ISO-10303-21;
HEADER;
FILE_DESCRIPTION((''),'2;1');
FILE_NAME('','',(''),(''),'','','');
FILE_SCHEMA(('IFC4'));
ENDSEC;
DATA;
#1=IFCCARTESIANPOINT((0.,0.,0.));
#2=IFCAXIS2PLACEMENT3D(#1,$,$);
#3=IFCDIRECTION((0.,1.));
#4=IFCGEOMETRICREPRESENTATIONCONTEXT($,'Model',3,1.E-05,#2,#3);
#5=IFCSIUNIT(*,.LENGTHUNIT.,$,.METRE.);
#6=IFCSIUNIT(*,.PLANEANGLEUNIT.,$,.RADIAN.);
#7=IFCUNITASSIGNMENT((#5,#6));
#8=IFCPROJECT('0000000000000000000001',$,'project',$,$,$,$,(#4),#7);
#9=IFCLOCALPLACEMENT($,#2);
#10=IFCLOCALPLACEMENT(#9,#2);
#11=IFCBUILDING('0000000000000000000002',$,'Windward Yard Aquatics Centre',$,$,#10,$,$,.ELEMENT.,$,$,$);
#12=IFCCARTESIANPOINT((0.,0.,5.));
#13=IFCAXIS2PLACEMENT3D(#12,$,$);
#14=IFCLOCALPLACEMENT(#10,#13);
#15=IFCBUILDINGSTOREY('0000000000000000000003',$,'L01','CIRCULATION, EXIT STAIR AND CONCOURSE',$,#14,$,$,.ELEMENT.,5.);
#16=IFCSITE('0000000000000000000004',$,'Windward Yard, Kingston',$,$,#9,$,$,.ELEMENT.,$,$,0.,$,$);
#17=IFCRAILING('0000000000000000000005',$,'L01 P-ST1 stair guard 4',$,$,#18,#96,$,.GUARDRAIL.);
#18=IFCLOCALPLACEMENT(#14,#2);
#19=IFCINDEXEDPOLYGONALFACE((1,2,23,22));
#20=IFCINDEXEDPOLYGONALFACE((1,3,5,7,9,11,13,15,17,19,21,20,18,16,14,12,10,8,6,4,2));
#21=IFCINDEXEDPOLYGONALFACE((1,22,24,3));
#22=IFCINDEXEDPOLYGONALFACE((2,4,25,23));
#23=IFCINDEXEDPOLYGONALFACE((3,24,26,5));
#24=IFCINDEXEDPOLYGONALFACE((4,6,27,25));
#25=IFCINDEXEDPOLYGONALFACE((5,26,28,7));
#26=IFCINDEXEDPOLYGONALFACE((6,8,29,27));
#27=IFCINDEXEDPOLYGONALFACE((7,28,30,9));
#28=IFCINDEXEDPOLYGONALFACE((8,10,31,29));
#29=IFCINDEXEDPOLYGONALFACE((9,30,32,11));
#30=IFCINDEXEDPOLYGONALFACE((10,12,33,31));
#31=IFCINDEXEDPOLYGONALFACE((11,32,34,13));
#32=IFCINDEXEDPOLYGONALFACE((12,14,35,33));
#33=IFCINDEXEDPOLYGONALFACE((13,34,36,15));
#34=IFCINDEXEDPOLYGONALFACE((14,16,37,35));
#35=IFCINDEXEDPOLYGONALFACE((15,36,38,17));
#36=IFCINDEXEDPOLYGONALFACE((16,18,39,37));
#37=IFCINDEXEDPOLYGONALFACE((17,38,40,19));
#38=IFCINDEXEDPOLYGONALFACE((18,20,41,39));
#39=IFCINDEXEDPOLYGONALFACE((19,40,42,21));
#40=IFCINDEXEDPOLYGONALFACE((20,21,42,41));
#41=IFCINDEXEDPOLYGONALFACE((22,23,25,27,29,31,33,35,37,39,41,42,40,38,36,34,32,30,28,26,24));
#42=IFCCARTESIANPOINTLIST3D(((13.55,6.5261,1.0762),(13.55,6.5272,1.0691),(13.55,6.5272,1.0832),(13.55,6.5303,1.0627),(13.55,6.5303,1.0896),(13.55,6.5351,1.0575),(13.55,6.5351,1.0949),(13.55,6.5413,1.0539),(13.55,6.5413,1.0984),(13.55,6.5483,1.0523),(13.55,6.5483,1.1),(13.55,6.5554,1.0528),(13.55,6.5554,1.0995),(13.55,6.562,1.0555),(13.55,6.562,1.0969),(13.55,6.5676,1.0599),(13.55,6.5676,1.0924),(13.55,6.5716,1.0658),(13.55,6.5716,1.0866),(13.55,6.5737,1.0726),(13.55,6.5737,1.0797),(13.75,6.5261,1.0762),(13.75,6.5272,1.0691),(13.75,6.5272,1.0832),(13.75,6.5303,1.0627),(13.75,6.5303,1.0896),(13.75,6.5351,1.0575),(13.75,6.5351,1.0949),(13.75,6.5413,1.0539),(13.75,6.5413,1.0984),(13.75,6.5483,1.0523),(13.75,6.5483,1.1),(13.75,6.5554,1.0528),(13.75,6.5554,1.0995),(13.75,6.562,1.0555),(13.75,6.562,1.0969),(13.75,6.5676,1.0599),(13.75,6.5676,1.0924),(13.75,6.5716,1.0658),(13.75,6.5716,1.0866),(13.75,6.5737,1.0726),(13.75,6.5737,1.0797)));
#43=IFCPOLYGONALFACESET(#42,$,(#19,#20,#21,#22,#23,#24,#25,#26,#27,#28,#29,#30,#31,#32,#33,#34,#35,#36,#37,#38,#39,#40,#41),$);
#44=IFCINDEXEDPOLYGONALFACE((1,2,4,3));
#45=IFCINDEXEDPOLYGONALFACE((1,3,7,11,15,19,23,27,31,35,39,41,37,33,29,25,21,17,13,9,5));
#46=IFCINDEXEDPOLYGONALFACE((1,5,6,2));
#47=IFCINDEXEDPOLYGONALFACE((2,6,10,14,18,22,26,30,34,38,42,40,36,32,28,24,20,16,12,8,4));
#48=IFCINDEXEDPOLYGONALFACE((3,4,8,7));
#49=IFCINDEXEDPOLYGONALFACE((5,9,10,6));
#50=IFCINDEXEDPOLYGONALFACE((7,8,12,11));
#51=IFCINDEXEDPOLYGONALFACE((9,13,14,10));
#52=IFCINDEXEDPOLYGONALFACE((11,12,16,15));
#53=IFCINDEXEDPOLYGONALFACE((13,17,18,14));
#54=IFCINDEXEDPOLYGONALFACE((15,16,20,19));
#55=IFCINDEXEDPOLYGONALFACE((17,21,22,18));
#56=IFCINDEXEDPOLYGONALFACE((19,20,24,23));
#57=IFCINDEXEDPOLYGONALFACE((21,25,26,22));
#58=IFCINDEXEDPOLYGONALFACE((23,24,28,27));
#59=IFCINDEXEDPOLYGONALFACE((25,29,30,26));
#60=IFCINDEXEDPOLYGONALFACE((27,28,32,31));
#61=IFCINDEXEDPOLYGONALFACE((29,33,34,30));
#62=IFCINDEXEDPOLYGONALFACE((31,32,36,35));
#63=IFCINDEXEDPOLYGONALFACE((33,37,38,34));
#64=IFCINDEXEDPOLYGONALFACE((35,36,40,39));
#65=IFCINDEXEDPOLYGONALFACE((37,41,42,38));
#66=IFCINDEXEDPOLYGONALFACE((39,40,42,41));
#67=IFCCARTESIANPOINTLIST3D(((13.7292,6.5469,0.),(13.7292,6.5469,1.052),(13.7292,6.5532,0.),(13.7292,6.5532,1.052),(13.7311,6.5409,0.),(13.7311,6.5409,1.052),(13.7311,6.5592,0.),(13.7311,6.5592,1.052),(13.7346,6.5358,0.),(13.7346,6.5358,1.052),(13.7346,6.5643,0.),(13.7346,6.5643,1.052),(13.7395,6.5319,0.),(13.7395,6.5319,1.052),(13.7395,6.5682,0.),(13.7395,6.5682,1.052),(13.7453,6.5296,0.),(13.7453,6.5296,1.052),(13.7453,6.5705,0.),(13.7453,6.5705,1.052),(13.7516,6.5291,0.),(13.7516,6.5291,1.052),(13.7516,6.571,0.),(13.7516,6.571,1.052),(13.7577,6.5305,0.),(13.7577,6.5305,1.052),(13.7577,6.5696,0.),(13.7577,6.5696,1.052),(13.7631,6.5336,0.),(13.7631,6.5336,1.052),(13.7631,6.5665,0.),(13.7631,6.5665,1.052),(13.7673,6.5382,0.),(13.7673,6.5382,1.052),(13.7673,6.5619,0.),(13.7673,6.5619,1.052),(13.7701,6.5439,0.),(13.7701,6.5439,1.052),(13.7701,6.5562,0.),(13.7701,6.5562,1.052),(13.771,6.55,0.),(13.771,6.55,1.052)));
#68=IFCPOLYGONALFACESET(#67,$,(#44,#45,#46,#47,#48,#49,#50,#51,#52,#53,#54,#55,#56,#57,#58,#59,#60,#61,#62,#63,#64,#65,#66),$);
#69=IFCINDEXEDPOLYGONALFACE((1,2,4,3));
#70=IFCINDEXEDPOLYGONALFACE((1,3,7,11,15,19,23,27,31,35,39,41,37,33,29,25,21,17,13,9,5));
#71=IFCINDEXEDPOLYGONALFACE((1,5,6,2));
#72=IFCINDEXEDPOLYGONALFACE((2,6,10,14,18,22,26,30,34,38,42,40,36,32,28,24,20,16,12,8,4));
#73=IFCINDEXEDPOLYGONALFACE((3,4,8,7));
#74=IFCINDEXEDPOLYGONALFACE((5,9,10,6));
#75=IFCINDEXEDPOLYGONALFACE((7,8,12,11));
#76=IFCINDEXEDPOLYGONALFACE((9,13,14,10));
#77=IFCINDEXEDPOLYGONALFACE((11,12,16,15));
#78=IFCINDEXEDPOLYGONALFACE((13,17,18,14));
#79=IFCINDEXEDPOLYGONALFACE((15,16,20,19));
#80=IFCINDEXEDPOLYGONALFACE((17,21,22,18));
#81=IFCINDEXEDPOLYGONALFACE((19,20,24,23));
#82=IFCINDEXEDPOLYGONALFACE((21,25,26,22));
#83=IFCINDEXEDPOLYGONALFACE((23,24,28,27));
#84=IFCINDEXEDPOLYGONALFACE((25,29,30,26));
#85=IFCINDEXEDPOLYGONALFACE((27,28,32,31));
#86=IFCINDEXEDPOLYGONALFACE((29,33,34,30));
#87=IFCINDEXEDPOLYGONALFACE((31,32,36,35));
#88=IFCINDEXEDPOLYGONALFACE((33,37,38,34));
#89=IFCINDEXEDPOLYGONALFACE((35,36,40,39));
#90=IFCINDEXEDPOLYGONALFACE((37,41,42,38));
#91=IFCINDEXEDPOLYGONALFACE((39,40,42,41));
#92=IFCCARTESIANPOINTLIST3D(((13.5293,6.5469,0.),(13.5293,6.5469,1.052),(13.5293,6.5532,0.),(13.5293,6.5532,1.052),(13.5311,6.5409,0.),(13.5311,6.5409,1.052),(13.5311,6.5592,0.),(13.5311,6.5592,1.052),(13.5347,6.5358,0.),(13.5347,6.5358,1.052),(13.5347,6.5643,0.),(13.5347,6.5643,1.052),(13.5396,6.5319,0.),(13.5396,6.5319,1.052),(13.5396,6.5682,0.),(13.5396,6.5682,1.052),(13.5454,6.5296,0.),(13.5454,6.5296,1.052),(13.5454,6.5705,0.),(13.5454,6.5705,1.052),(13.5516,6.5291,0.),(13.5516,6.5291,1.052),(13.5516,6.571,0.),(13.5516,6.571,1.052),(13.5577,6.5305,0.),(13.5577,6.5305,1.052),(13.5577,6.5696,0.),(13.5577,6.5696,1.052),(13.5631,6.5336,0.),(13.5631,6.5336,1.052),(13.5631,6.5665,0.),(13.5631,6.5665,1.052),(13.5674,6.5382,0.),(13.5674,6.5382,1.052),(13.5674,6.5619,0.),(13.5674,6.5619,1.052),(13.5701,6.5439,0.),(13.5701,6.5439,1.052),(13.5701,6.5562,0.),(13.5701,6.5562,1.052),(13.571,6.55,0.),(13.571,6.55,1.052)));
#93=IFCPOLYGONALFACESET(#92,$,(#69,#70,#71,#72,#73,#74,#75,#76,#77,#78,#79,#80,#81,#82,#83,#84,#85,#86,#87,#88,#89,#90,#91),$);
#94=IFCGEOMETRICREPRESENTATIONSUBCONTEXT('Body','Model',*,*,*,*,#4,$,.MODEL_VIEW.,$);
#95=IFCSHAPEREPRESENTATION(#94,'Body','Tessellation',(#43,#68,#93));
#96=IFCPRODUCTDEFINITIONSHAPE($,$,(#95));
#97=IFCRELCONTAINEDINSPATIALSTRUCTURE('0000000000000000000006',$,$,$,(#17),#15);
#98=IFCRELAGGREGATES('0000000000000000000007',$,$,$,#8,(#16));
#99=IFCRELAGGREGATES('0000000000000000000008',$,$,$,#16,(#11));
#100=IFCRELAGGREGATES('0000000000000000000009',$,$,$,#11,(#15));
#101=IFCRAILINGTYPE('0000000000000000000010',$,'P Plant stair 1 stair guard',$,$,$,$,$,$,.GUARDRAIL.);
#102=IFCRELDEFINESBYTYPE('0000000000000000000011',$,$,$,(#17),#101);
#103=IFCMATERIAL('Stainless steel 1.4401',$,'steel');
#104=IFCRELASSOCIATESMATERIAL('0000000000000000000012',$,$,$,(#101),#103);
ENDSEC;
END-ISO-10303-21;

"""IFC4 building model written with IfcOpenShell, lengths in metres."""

from ifc_helpers import new_model, si_unit, direction, frame, origin, origin_2d, place, context, subcontext, project, spatial, circle, extrude, material, type_object, element, save


model = new_model("IFC4")

# Units and contexts
model_context = context("Model", 3, precision=1e-05, world=origin(), true_north=direction((0.0, 1.0)))
body_context = subcontext(model_context, "Body", "Model", "MODEL_VIEW")
ifc_project = project(units=[si_unit("LENGTHUNIT", "METRE"), si_unit("PLANEANGLEUNIT", "RADIAN")], contexts=[model_context])

# Site, building, storey
site_placement = place(None, origin())
site = spatial("IfcSite", under=ifc_project, at=site_placement, Name="Windward Yard, Kingston", CompositionType="ELEMENT", RefElevation=0.0)
building_placement = place(site_placement, origin())
building = spatial("IfcBuilding", under=site, at=building_placement, Name="Windward Yard Aquatics Centre", CompositionType="ELEMENT")
storey_placement = place(building_placement, frame((0.0, 0.0, 5.0)))
storey = spatial("IfcBuildingStorey", under=building, at=storey_placement, Name="L01", Description="CIRCULATION, EXIT STAIR AND CONCOURSE", CompositionType="ELEMENT", Elevation=5.0)

# Railing
ifc_material_1 = material(Name="Stainless steel 1.4401", Category="steel")
railing_type = type_object("IfcRailingType", Name="P Plant stair 1 stair guard", PredefinedType="GUARDRAIL", material=ifc_material_1)
railing_1_placement = place(storey_placement, frame((13.75, 6.55, 0.0)))
element("IfcRailing", 1, at=railing_1_placement, inside=storey, type_object=railing_type, Name="L01 P-ST1 stair guard 4", PredefinedType="GUARDRAIL", context=body_context, shape_type="SweptSolid", body=[
    extrude(circle(Radius=0.0239, at=origin_2d()), frame((0.0, 0.0, 1.0762), z_axis=(-1.0, 0.0, 0.0), x_axis=(0.0, -1.0, 0.0)), (0.0, 0.0, 1.0), 0.2),
    extrude(circle(Radius=0.021, at=origin_2d()), origin(), (0.0, 0.0, 1.0), 1.052),
    extrude(circle(Radius=0.021, at=origin_2d()), frame((-0.2, 0.0, 0.0)), (0.0, 0.0, 1.0), 1.052),
])

save(model, "model.ifc")
